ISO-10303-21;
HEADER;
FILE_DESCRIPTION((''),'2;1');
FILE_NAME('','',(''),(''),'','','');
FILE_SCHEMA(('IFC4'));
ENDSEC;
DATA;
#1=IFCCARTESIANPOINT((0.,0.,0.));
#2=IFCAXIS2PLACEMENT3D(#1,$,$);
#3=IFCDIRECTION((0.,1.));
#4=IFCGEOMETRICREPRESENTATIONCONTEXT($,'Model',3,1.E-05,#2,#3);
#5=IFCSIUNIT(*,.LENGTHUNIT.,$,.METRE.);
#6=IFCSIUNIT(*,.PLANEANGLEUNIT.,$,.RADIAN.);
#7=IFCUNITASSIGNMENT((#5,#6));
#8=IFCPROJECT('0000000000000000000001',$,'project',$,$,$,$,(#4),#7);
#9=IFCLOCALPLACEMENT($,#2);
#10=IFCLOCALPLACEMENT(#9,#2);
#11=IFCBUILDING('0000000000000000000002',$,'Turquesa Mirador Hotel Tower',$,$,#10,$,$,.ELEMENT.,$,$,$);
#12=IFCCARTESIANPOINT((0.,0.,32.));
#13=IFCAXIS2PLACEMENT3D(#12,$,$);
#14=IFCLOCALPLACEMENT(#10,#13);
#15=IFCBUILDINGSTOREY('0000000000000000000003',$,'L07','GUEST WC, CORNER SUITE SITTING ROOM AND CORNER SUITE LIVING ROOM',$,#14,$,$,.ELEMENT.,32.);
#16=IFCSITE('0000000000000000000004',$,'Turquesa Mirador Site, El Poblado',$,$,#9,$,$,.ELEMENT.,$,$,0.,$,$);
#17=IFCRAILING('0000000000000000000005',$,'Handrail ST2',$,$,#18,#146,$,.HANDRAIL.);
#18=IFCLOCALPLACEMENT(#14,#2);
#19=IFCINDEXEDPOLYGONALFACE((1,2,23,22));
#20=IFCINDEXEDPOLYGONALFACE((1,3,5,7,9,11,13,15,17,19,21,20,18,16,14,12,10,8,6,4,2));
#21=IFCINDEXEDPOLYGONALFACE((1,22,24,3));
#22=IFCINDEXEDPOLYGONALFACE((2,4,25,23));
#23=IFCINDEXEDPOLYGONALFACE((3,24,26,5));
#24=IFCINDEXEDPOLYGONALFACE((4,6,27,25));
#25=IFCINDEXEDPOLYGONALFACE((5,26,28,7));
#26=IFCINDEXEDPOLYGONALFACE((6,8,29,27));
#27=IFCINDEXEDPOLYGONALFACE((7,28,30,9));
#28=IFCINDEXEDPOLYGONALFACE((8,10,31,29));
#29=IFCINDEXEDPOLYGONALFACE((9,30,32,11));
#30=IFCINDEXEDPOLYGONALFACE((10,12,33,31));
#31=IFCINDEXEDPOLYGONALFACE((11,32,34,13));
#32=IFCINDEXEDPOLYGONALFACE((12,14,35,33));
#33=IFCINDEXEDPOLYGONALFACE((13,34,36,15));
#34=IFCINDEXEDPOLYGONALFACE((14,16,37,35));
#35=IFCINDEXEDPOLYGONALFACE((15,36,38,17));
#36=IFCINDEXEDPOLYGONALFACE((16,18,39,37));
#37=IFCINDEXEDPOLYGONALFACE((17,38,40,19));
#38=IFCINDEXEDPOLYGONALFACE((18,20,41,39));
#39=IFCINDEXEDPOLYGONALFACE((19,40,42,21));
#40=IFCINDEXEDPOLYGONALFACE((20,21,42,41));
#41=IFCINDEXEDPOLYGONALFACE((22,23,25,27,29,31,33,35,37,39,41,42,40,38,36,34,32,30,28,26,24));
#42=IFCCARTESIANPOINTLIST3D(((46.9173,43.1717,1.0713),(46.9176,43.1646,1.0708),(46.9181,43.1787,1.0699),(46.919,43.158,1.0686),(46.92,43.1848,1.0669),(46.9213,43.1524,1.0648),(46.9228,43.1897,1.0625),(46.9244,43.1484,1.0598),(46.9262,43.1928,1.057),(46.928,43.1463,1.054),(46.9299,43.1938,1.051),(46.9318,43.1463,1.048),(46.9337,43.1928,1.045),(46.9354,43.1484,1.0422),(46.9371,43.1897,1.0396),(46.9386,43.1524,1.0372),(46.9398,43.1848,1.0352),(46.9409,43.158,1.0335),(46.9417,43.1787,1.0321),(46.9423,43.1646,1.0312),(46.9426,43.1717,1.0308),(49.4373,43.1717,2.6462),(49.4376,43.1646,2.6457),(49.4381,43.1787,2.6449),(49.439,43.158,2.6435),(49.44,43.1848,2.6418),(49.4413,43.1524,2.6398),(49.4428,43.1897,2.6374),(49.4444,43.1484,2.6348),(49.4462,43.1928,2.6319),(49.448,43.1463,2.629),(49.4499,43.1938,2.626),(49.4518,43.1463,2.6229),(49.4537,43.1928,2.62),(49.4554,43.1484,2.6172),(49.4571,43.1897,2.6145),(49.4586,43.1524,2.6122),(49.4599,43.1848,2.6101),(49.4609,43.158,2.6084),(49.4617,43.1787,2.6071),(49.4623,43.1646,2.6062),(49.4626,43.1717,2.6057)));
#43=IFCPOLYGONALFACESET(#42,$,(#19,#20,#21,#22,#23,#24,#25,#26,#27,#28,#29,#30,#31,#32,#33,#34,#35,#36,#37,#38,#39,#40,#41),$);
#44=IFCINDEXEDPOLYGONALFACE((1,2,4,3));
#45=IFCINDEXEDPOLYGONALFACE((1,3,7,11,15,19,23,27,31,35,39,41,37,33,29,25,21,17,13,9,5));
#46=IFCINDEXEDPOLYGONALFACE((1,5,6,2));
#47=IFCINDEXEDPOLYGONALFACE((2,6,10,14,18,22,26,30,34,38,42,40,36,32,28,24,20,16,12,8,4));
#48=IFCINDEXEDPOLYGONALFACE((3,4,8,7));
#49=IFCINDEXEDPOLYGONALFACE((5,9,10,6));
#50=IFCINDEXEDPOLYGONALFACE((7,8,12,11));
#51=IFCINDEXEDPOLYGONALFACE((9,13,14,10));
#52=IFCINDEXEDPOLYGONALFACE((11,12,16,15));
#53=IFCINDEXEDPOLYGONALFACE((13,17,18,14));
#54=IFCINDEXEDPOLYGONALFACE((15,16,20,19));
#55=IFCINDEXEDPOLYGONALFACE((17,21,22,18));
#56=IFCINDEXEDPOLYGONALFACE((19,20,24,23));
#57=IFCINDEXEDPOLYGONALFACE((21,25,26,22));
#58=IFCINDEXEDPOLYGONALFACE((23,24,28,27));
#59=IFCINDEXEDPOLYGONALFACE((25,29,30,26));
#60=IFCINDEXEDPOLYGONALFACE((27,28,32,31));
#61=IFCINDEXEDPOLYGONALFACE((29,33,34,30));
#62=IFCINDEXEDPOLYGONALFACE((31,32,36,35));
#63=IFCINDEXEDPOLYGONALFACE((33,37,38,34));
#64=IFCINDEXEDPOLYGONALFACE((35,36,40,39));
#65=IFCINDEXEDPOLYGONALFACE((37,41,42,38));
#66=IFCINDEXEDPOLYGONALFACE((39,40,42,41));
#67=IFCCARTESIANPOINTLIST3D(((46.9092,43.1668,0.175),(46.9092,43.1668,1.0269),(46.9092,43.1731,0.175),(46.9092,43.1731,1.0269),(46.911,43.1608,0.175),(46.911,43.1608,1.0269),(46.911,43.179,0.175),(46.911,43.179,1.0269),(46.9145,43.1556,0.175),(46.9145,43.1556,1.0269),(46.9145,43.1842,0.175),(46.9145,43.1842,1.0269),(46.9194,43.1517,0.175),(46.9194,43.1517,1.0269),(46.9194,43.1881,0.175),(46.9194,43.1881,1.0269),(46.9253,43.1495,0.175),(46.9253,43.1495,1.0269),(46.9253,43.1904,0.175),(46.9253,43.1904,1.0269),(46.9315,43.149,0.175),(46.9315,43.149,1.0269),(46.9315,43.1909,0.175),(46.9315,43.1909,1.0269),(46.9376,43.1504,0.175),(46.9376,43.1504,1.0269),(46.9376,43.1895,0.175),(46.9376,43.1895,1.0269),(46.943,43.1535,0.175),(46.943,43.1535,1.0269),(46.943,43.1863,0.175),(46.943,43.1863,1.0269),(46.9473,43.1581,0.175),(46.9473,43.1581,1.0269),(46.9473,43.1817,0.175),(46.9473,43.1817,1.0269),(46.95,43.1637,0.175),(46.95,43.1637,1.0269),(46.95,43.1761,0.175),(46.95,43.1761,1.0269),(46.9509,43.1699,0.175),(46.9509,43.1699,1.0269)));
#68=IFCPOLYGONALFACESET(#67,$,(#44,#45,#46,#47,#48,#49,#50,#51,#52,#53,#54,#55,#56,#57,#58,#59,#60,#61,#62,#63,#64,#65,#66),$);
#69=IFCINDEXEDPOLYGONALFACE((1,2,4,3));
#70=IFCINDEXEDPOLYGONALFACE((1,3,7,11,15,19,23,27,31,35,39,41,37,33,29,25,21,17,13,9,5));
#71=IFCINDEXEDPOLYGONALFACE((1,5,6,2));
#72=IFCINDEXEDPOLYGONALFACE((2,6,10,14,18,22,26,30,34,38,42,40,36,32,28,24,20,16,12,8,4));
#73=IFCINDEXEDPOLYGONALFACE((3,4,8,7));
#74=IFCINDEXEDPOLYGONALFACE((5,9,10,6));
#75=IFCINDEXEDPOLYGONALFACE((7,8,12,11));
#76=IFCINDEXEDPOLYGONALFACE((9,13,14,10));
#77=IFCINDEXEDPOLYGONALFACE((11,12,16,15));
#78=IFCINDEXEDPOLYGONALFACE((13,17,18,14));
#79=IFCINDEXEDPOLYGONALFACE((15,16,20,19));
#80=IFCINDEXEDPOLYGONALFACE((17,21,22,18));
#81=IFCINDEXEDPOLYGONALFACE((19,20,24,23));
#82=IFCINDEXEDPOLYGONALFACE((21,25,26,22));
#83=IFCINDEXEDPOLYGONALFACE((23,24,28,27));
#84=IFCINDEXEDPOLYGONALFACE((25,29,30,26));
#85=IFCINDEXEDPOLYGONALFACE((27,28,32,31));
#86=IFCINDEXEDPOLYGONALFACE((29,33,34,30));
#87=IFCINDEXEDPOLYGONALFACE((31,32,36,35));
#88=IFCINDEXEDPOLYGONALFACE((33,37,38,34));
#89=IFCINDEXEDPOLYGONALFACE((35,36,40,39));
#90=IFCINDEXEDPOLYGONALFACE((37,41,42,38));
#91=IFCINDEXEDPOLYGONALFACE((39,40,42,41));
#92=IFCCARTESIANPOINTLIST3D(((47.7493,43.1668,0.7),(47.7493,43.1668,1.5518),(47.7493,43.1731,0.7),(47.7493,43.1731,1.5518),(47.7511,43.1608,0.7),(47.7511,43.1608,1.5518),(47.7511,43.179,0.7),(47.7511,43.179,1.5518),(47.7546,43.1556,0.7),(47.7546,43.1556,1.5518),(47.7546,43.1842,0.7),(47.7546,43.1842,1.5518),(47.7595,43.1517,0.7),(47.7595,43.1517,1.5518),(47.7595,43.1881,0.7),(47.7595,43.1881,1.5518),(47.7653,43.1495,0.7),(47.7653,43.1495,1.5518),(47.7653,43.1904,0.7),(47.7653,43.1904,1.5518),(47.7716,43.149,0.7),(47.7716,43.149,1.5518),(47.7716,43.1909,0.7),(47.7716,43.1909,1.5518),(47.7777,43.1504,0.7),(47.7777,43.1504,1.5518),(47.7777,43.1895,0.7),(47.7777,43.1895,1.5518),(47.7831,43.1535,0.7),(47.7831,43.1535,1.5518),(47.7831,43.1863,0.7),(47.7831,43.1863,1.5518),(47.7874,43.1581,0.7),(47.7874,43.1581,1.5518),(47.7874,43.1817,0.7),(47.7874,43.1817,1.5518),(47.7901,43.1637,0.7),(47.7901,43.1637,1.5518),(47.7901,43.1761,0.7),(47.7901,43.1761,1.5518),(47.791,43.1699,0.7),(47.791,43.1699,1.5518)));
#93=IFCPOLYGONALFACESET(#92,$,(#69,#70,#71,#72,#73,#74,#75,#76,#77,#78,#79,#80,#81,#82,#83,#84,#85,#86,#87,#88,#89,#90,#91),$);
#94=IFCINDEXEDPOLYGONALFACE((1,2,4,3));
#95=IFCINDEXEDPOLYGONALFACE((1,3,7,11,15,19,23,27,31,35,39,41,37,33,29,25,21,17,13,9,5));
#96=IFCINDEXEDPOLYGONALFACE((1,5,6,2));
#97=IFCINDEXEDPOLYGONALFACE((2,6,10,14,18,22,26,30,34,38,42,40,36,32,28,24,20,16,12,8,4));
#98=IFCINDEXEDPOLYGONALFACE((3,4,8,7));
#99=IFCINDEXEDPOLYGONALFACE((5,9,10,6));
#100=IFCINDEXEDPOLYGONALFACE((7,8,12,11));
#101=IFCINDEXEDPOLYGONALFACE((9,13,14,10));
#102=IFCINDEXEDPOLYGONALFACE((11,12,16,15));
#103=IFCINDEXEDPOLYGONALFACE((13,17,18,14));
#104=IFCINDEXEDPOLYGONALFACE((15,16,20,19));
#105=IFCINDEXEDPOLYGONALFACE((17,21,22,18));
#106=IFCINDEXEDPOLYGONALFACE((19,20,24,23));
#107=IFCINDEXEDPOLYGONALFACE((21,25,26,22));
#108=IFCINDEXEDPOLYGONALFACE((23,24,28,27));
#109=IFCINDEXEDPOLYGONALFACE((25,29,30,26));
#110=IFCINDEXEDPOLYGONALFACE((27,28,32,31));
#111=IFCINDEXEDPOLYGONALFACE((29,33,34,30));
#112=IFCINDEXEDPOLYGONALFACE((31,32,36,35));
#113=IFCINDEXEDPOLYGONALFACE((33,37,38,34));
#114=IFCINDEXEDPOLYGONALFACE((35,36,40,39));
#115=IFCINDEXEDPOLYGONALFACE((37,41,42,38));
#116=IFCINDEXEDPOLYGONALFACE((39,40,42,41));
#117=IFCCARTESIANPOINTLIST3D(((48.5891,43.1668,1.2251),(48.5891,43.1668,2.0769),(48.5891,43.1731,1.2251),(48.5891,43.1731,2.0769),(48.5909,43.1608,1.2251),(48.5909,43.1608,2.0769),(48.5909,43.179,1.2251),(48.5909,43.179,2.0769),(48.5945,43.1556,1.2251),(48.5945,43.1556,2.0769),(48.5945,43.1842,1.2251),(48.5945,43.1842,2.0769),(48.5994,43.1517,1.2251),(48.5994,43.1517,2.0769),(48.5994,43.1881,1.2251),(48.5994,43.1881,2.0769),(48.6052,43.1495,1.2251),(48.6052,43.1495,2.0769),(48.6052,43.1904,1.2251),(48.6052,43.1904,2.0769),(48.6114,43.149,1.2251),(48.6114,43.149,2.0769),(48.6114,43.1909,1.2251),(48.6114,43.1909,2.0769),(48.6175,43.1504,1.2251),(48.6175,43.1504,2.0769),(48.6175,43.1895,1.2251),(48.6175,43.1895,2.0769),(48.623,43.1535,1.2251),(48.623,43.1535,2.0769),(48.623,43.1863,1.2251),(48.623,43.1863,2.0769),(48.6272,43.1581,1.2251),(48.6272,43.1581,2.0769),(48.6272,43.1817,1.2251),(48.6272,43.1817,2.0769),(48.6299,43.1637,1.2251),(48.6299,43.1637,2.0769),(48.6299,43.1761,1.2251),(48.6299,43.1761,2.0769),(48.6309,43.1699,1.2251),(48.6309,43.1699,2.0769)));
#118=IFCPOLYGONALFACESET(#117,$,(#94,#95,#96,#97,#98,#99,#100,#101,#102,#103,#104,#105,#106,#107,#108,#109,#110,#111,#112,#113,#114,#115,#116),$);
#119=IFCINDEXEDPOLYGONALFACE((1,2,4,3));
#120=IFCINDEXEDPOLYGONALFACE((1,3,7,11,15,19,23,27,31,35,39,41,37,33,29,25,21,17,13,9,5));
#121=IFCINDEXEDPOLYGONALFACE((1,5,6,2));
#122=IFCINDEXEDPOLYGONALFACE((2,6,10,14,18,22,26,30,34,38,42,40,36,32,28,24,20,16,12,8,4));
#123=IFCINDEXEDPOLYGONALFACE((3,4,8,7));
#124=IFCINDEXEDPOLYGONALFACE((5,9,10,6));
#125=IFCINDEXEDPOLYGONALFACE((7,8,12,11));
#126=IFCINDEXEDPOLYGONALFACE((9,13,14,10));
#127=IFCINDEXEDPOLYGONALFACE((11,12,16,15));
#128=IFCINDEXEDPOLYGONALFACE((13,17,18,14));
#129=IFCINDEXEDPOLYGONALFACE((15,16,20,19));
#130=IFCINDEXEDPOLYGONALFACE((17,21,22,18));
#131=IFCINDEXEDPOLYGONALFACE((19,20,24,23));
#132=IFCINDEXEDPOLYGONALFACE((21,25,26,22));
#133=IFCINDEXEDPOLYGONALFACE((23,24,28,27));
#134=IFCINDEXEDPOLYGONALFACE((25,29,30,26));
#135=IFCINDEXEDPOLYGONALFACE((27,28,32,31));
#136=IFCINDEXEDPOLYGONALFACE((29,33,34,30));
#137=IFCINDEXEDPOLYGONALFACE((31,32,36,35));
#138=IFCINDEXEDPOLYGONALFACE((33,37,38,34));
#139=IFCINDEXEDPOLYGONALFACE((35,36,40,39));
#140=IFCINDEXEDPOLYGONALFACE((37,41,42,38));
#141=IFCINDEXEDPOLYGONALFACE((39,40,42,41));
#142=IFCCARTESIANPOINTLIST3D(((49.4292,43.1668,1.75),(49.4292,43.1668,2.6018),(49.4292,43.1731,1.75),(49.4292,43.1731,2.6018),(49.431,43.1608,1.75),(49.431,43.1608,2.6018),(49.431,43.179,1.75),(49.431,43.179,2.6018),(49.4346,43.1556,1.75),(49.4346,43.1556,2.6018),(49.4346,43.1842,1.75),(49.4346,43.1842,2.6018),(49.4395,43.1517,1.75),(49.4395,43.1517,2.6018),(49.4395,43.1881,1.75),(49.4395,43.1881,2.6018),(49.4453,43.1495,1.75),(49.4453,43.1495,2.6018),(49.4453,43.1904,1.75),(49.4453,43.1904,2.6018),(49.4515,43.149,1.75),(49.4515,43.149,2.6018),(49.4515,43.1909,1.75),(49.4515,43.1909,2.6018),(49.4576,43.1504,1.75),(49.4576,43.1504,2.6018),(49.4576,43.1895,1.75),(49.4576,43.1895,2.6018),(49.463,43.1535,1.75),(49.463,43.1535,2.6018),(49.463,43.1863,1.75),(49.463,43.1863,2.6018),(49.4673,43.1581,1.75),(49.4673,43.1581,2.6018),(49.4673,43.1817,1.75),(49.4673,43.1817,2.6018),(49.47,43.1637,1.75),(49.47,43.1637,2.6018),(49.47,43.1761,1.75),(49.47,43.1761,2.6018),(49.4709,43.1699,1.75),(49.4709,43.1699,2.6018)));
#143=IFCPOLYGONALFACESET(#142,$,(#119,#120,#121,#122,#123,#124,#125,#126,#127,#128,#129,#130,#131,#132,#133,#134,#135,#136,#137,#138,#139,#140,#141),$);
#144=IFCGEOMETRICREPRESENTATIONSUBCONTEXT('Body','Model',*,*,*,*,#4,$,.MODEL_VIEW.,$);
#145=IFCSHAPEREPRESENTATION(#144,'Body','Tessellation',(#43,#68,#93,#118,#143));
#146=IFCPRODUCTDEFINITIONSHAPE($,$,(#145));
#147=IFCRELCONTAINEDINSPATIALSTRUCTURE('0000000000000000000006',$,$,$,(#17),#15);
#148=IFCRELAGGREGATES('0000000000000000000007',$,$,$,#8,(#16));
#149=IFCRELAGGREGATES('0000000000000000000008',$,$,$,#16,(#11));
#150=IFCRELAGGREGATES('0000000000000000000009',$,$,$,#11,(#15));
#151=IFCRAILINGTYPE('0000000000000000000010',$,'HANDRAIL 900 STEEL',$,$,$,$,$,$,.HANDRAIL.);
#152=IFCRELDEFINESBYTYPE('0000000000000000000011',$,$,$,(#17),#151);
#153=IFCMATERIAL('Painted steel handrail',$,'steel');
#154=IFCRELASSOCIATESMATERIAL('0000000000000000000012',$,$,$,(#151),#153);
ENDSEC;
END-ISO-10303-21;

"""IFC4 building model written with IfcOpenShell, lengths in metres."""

from ifc_helpers import new_model, si_unit, direction, frame, origin, origin_2d, place, context, subcontext, project, spatial, circle, extrude, material, type_object, element, save


model = new_model("IFC4")

# Units and contexts
model_context = context("Model", 3, precision=1e-05, world=origin(), true_north=direction((0.0, 1.0)))
body_context = subcontext(model_context, "Body", "Model", "MODEL_VIEW")
ifc_project = project(units=[si_unit("LENGTHUNIT", "METRE"), si_unit("PLANEANGLEUNIT", "RADIAN")], contexts=[model_context])

# Site, building, storey
site_placement = place(None, origin())
site = spatial("IfcSite", under=ifc_project, at=site_placement, Name="Turquesa Mirador Site, El Poblado", CompositionType="ELEMENT", RefElevation=0.0)
building_placement = place(site_placement, origin())
building = spatial("IfcBuilding", under=site, at=building_placement, Name="Turquesa Mirador Hotel Tower", CompositionType="ELEMENT")
storey_placement = place(building_placement, frame((0.0, 0.0, 32.0)))
storey = spatial("IfcBuildingStorey", under=building, at=storey_placement, Name="L07", Description="GUEST WC, CORNER SUITE SITTING ROOM AND CORNER SUITE LIVING ROOM", CompositionType="ELEMENT", Elevation=32.0)

# Railing
ifc_material_1 = material(Name="Painted steel handrail", Category="steel")
railing_type = type_object("IfcRailingType", Name="HANDRAIL 900 STEEL", PredefinedType="HANDRAIL", material=ifc_material_1)
for number, where, name in (
    (1, (46.9299, 43.1699, 0.175), "Handrail ST2"),
):
    element("IfcRailing", number, at=place(storey_placement, frame(where)), inside=storey, type_object=railing_type, Name=name, PredefinedType="HANDRAIL", context=body_context, shape_type="SweptSolid", body=[
        extrude(circle(Radius=0.0239, at=origin_2d()), frame((0.0, 0.0, 0.876), z_axis=(0.848008, 0.0, 0.529984), x_axis=(0.0, 1.0, 0.0)), (0.0, 0.0, 1.0), 2.9717),
        extrude(circle(Radius=0.021, at=origin_2d()), origin(), (0.0, 0.0, 1.0), 0.8518),
        extrude(circle(Radius=0.021, at=origin_2d()), frame((0.8401, 0.0, 0.5249)), (0.0, 0.0, 1.0), 0.8518),
        extrude(circle(Radius=0.021, at=origin_2d()), frame((1.6799, 0.0, 1.05)), (0.0, 0.0, 1.0), 0.8518),
        extrude(circle(Radius=0.021, at=origin_2d()), frame((2.52, 0.0, 1.575)), (0.0, 0.0, 1.0), 0.8518),
    ])

save(model, "model.ifc")
